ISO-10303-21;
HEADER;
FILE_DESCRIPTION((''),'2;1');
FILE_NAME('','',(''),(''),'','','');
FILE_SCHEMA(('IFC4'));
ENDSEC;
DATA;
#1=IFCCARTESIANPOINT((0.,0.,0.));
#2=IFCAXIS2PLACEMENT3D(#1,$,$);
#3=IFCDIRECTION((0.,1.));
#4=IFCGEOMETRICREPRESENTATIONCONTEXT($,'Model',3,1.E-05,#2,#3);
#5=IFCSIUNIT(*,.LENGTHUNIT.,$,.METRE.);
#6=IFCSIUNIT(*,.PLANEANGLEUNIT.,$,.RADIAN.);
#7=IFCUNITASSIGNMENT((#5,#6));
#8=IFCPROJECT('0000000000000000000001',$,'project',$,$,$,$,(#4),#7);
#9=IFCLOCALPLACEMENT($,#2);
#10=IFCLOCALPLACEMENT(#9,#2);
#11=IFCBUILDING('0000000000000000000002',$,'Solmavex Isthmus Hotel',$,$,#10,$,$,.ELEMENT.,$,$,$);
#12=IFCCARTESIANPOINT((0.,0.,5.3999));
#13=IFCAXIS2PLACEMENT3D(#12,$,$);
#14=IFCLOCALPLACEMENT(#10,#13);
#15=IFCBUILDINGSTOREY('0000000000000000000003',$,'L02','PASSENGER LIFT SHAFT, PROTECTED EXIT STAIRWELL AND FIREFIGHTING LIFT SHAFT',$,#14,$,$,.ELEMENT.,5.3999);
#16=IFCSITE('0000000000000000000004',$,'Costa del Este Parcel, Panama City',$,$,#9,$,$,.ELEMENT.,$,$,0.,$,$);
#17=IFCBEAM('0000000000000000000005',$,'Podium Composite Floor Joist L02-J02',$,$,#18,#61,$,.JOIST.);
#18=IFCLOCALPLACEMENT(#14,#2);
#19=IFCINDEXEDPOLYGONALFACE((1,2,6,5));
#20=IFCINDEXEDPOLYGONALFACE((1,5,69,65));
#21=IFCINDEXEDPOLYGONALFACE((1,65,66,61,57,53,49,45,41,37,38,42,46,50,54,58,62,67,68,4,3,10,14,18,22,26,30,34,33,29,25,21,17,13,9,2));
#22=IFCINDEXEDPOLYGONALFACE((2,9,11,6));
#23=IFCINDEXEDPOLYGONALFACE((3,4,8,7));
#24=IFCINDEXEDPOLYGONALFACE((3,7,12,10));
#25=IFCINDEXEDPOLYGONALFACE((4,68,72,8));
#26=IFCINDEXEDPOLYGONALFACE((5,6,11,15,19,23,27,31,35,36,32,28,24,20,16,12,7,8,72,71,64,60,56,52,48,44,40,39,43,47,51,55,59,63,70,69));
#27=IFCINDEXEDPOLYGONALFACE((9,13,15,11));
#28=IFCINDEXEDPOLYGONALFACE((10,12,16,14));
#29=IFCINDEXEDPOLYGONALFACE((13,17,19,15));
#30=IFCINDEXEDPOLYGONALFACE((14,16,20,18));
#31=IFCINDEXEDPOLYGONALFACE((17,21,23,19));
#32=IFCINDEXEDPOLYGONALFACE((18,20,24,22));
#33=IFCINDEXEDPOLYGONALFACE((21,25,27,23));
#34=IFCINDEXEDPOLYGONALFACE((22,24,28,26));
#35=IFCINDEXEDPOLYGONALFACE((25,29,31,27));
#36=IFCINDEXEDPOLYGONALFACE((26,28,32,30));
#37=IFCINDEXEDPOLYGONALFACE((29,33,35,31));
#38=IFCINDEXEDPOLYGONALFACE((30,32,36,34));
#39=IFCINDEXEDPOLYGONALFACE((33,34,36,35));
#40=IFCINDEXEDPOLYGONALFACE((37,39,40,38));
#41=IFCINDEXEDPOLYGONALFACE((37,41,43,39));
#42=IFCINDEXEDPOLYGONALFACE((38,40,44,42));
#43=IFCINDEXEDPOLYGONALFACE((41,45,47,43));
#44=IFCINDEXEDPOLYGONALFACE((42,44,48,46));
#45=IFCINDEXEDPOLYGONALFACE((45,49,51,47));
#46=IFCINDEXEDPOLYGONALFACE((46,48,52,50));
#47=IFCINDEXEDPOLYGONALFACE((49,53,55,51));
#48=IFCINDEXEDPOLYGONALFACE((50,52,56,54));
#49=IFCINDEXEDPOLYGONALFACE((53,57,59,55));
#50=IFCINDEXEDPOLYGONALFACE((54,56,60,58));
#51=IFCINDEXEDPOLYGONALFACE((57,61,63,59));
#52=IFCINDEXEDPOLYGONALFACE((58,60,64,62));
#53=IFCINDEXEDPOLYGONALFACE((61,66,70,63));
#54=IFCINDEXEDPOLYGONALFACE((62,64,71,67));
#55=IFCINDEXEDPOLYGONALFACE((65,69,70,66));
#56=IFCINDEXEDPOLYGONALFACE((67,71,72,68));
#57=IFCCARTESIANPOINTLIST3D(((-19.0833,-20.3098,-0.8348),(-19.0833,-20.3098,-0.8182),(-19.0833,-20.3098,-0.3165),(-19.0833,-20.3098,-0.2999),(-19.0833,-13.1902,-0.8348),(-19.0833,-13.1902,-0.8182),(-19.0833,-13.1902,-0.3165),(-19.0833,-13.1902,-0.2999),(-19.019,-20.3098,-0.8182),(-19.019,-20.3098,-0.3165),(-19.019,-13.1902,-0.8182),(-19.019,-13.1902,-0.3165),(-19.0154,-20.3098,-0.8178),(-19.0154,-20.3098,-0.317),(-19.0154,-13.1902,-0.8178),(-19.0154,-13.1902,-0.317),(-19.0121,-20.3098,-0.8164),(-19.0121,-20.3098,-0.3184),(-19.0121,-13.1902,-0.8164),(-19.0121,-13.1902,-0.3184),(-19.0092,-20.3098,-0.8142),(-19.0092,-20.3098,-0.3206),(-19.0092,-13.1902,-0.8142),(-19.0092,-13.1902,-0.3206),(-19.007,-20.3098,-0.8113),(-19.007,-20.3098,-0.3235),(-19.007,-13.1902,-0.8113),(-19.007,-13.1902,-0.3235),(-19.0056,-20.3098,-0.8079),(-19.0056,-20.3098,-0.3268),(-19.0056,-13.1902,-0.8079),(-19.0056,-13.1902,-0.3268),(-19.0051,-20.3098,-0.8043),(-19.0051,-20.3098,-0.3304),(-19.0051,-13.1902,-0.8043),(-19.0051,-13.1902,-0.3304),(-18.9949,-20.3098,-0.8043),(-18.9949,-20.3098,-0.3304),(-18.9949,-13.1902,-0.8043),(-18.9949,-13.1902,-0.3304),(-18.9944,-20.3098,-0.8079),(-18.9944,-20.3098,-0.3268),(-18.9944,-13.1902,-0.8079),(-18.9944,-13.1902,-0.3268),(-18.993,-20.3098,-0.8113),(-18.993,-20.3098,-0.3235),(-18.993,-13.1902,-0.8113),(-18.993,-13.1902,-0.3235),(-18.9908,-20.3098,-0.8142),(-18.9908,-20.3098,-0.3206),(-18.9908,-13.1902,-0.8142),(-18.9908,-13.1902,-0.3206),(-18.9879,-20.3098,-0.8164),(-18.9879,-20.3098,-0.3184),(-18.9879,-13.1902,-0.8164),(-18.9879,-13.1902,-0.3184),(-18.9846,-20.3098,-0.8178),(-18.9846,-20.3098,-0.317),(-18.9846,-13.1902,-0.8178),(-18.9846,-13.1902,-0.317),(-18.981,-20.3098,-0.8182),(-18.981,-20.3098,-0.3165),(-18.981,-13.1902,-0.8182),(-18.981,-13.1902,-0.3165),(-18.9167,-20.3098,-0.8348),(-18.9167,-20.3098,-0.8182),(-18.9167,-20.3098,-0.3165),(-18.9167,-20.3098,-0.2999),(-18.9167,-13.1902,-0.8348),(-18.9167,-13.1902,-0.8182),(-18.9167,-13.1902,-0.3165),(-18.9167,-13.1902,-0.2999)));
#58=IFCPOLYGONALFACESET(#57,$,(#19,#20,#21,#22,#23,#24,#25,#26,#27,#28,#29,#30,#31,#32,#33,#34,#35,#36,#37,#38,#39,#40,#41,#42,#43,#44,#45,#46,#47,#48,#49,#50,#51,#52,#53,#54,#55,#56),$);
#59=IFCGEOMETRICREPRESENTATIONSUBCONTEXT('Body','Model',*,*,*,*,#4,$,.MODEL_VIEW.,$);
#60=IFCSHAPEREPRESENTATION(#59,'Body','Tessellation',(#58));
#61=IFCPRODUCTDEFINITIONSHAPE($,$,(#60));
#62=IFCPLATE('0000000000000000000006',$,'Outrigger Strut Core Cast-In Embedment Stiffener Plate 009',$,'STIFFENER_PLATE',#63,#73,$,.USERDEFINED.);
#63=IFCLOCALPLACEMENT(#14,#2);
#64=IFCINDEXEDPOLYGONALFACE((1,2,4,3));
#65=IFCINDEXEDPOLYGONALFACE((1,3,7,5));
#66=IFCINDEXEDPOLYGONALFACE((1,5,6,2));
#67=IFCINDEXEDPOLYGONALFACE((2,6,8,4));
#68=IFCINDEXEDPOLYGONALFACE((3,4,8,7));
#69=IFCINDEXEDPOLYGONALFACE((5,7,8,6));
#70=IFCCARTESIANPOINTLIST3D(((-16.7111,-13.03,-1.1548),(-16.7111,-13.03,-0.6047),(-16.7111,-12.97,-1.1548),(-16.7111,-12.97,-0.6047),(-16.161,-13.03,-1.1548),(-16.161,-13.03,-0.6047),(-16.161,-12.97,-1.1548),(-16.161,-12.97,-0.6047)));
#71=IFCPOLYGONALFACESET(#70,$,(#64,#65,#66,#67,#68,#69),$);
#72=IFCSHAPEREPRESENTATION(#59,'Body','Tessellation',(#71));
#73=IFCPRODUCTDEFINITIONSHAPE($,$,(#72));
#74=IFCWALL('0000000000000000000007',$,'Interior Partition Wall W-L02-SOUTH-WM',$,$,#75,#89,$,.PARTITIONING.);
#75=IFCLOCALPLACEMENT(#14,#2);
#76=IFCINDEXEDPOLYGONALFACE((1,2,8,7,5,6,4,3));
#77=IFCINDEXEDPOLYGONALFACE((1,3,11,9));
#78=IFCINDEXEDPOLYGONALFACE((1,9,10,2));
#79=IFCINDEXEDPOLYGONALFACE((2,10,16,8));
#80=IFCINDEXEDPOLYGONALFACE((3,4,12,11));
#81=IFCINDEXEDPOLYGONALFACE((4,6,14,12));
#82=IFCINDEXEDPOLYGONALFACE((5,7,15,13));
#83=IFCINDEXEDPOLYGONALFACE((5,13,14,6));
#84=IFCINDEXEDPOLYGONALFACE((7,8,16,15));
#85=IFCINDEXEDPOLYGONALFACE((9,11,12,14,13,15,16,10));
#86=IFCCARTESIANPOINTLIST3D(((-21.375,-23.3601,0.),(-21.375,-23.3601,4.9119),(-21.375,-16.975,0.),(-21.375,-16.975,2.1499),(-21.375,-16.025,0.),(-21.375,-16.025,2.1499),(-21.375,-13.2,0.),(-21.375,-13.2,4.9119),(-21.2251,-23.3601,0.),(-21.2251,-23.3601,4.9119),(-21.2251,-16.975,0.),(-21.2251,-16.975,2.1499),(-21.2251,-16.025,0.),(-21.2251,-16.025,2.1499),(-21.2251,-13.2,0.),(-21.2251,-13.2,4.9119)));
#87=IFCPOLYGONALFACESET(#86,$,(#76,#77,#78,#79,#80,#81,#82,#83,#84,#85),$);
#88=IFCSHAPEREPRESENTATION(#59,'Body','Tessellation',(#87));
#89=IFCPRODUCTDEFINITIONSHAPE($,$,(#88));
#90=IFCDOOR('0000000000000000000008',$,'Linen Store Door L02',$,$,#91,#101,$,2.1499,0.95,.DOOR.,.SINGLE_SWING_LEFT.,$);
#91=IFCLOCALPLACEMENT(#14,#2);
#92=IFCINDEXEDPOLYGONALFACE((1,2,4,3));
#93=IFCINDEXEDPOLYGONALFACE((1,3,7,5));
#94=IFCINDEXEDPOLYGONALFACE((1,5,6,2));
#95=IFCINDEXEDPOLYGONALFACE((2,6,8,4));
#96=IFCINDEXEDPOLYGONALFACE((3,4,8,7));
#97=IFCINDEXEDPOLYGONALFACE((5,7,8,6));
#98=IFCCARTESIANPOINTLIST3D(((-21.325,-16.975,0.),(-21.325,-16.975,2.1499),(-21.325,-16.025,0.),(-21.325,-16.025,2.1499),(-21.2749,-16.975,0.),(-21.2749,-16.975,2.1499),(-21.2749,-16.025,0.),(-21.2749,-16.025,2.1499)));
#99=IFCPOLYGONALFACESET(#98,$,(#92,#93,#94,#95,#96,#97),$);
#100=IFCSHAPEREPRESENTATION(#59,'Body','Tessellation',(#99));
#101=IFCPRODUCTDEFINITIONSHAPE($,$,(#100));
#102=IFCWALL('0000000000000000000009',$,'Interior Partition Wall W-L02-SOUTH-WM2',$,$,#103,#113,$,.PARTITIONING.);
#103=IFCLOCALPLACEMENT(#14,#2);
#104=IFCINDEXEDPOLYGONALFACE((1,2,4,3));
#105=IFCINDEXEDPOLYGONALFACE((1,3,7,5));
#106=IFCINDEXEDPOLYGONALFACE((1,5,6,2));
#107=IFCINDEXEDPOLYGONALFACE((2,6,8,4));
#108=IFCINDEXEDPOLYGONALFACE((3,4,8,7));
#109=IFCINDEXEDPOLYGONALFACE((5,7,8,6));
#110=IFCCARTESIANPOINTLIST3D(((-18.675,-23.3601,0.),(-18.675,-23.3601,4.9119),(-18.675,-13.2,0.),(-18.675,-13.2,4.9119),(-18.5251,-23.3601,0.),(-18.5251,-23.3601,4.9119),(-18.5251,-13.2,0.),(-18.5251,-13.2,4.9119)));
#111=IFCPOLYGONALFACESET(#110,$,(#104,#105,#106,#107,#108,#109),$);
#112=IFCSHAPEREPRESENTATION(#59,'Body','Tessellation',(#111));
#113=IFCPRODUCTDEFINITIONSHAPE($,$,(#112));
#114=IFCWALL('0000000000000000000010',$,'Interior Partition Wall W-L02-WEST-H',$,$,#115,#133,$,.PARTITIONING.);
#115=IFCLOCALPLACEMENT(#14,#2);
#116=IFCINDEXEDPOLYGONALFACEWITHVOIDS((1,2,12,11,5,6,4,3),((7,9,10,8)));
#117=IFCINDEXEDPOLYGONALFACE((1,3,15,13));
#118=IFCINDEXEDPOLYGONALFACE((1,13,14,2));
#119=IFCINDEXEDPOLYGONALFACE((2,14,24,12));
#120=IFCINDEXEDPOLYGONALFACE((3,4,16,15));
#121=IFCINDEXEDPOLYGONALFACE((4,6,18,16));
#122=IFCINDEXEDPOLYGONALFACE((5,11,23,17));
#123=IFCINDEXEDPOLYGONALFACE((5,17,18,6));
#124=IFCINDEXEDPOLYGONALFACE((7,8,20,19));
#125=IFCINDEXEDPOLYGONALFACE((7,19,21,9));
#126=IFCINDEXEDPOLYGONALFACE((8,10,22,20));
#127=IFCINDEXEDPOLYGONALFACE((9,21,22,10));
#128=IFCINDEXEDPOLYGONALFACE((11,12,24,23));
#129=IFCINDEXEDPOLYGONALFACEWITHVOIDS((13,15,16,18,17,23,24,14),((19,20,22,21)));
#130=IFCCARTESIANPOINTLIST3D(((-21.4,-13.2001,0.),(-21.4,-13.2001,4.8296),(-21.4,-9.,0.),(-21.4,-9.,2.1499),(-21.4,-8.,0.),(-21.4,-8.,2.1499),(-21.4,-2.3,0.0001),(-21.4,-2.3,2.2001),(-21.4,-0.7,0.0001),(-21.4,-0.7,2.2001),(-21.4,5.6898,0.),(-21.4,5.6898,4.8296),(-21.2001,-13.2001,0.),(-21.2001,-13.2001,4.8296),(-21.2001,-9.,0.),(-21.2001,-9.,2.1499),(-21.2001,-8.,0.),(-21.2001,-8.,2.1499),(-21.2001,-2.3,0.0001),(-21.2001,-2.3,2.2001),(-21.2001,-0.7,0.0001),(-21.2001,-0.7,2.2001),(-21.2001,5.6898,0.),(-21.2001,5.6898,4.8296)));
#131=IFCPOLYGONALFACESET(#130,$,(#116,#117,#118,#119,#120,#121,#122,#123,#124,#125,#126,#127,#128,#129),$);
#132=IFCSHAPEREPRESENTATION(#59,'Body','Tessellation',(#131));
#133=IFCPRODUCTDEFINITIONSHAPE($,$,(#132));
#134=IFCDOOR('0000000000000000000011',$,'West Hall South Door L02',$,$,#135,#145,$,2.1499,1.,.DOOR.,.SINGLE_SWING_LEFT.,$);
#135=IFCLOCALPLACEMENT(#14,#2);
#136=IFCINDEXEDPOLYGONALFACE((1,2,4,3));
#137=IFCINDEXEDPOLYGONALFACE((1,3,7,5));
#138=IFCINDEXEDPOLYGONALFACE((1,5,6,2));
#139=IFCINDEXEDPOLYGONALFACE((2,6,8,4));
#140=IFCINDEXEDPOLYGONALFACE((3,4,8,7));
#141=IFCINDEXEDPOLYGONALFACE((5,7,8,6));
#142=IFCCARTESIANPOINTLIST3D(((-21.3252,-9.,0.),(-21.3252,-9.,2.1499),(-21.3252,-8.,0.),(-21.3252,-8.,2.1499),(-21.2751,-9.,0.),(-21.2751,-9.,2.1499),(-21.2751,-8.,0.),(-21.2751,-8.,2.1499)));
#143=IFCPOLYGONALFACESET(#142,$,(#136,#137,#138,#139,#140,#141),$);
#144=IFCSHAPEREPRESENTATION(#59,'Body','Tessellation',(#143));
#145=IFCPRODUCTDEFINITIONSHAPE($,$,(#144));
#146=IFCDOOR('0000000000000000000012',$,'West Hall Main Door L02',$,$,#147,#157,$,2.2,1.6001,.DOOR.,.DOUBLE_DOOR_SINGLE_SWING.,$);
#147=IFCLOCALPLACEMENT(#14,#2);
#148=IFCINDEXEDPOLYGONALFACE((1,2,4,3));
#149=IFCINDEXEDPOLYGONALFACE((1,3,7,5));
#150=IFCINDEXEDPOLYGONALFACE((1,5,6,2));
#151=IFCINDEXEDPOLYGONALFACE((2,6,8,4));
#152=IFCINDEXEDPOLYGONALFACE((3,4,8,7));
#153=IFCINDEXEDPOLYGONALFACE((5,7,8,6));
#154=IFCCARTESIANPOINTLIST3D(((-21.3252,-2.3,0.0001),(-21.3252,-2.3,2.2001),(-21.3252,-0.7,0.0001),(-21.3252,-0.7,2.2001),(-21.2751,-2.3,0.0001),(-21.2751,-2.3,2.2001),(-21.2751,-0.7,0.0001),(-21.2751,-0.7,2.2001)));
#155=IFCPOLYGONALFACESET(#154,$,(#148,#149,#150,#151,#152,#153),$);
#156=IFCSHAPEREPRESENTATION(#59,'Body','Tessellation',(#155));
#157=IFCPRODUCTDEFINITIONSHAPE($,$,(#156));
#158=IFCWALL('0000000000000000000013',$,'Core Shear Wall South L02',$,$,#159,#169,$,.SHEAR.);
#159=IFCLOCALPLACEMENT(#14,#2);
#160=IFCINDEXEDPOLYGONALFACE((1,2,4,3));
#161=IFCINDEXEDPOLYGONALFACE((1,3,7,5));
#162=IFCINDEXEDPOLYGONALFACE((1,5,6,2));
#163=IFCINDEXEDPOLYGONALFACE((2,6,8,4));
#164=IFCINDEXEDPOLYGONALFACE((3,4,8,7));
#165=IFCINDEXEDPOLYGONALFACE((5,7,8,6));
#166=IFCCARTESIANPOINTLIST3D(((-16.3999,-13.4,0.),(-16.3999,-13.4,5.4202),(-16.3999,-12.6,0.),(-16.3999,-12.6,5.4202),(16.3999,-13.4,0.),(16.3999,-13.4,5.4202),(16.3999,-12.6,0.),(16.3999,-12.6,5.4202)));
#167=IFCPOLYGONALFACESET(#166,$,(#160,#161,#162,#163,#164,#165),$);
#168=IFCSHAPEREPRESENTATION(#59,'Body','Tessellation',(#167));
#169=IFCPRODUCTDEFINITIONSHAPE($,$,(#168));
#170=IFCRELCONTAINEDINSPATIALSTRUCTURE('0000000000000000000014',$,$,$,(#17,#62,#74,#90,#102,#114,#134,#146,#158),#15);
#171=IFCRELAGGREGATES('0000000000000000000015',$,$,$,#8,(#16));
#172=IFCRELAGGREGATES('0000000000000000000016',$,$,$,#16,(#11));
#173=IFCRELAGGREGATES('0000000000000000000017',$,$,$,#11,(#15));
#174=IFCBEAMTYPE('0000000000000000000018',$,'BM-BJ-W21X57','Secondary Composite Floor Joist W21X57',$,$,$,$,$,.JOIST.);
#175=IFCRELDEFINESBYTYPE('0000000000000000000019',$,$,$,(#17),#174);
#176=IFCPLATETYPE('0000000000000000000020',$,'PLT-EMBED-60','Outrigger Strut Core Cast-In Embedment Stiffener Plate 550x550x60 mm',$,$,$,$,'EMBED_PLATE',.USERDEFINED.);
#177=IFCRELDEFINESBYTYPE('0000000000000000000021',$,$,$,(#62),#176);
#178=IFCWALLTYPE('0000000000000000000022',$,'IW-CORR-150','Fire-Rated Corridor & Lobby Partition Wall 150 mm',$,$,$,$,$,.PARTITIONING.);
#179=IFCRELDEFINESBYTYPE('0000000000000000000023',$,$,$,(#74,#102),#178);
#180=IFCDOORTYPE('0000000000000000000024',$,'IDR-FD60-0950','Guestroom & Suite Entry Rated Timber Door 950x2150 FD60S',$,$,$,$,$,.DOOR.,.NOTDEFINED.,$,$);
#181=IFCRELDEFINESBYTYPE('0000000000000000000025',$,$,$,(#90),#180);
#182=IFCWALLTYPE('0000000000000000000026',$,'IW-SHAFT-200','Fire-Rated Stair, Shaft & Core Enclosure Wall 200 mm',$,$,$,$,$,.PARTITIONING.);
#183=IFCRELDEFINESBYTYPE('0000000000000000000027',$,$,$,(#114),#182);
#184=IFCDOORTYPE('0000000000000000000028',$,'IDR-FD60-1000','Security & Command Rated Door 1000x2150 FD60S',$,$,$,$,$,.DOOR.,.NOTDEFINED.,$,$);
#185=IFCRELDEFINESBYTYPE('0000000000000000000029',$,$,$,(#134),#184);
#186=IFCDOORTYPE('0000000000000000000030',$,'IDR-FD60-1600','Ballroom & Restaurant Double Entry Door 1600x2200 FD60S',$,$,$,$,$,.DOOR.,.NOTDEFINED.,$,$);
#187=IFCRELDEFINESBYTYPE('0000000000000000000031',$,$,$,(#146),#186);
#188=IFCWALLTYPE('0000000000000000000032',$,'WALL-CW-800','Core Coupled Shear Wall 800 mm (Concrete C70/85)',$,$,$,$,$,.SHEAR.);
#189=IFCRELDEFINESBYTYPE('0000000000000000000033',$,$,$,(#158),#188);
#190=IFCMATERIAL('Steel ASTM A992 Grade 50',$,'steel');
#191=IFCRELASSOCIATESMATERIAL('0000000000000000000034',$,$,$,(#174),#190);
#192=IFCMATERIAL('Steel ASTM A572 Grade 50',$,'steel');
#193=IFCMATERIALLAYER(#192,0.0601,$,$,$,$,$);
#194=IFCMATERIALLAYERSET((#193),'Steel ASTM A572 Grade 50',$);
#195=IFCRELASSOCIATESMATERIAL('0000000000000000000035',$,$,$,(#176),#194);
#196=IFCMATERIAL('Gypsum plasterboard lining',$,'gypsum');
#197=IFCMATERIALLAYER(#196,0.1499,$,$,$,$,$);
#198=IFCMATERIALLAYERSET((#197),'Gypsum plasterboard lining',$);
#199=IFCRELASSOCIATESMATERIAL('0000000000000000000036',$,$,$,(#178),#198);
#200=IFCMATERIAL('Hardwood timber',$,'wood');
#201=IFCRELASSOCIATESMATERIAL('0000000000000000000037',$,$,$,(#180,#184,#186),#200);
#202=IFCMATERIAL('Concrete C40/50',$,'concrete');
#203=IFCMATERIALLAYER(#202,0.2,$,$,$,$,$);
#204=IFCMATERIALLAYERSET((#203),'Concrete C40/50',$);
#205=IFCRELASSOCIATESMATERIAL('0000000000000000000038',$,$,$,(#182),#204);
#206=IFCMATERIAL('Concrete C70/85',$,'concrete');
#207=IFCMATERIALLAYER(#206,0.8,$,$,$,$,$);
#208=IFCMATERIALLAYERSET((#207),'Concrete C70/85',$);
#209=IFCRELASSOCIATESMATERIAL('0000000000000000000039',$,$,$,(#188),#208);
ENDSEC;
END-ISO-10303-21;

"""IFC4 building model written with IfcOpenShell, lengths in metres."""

from ifc_helpers import new_model, si_unit, direction, frame, frame_2d, origin, origin_2d, place, context, subcontext, project, spatial, rectangle, i_section, extrude, material, layer, layer_set, material_profile, profile_set, type_object, element, fill, save


model = new_model("IFC4")

# Units and contexts
model_context = context("Model", 3, precision=1e-05, world=origin(), true_north=direction((0.0, 1.0)))
body_context = subcontext(model_context, "Body", "Model", "MODEL_VIEW")
ifc_project = project(units=[si_unit("LENGTHUNIT", "METRE"), si_unit("PLANEANGLEUNIT", "RADIAN")], contexts=[model_context])

# Site, building, storey
site_placement = place(None, origin())
site = spatial("IfcSite", under=ifc_project, at=site_placement, Name="Costa del Este Parcel, Panama City", CompositionType="ELEMENT", RefElevation=0.0)
building_placement = place(site_placement, origin())
building = spatial("IfcBuilding", under=site, at=building_placement, Name="Solmavex Isthmus Hotel", CompositionType="ELEMENT")
storey_placement = place(building_placement, frame((0.0, 0.0, 5.3999)))
storey = spatial("IfcBuildingStorey", under=building, at=storey_placement, Name="L02", Description="PASSENGER LIFT SHAFT, PROTECTED EXIT STAIRWELL AND FIREFIGHTING LIFT SHAFT", CompositionType="ELEMENT", Elevation=5.3999)

# Shared definitions
ifc_material_1 = material(Name="Concrete C70/85", Category="concrete")

# Beam
ifc_material_2 = material(Name="Steel ASTM A992 Grade 50", Category="steel")
ifc_material_profile_1 = material_profile(ifc_material_2, i_section(OverallWidth=0.1665, OverallDepth=0.5349, WebThickness=0.0103, FlangeThickness=0.0166, FilletRadius=0.0139, at=origin_2d()), Name="W21X57")
ifc_profile_set_1 = profile_set([ifc_material_profile_1], Name="Steel ASTM A992 Grade 50")
beam_type_1 = type_object("IfcBeamType", Name="BM-BJ-W21X57", Description="Secondary Composite Floor Joist W21X57", PredefinedType="JOIST", material=ifc_profile_set_1)
beam_1_placement = place(storey_placement, frame((-19.0, -20.3098, -0.5674), z_axis=(0.0, 1.0, 0.0), x_axis=(-1.0, 0.0, 0.0)))
element("IfcBeam", 1, at=beam_1_placement, inside=storey, type_object=beam_type_1, Name="Podium Composite Floor Joist L02-J02", PredefinedType="JOIST", context=body_context, shape_type="SweptSolid", body=[
    extrude(i_section(OverallWidth=0.1665, OverallDepth=0.5349, WebThickness=0.0103, FlangeThickness=0.0166, FilletRadius=0.0139, at=origin_2d()), origin(), (0.0, 0.0, 1.0), 7.1196),
])

# Plate
ifc_material_3 = material(Name="Steel ASTM A572 Grade 50", Category="steel")
ifc_layer_1 = layer(ifc_material_3, 0.0601)
ifc_layer_set_1 = layer_set([ifc_layer_1], Name="Steel ASTM A572 Grade 50")
plate_type = type_object("IfcPlateType", Name="PLT-EMBED-60", Description="Outrigger Strut Core Cast-In Embedment Stiffener Plate 550x550x60 mm", ElementType="EMBED_PLATE", PredefinedType="USERDEFINED", material=ifc_layer_set_1)
plate_placement = place(storey_placement, frame((-16.436, -13.0, -1.1548), z_axis=(0.0, 0.0, 1.0), x_axis=(1.0, 0.0, 0.0)))
element("IfcPlate", 2, at=plate_placement, inside=storey, type_object=plate_type, Name="Outrigger Strut Core Cast-In Embedment Stiffener Plate 009", ObjectType="STIFFENER_PLATE", PredefinedType="USERDEFINED", context=body_context, shape_type="SweptSolid", body=[
    extrude(rectangle(XDim=0.55, YDim=0.0601, at=origin_2d()), origin(), (0.0, 0.0, 1.0), 0.55),
])

# Wall, opening, door
ifc_material_4 = material(Name="Gypsum plasterboard lining", Category="gypsum")
ifc_layer_2 = layer(ifc_material_4, 0.1499)
ifc_layer_set_2 = layer_set([ifc_layer_2], Name="Gypsum plasterboard lining")
wall_type_1 = type_object("IfcWallType", Name="IW-CORR-150", Description="Fire-Rated Corridor & Lobby Partition Wall 150 mm", PredefinedType="PARTITIONING", material=ifc_layer_set_2)
wall_1_placement = place(storey_placement, frame((-21.3, -23.3601, 0.0), z_axis=(0.0, 0.0, 1.0), x_axis=(0.0, 1.0, 0.0)))
wall_1 = element("IfcWall", 3, at=wall_1_placement, inside=storey, type_object=wall_type_1, Name="Interior Partition Wall W-L02-SOUTH-WM", PredefinedType="PARTITIONING", context=body_context, shape_type="SweptSolid", body=[
    extrude(rectangle(XDim=10.1602, YDim=0.1499, at=frame_2d((5.0801, 0.0))), origin(), (0.0, 0.0, 1.0), 4.9119),
])
opening_1_placement = place(wall_1_placement, frame((6.385, 0.0, 0.0)))
opening_1 = element("IfcOpeningElement", 4, at=opening_1_placement, cuts=wall_1, PredefinedType="OPENING", context=body_context, shape_type="SweptSolid", body=[
    extrude(rectangle(XDim=0.95, YDim=2.1499, at=frame_2d((0.4751, 1.075))), frame((0.0, 0.085, 0.0), z_axis=(0.0, -1.0, 0.0), x_axis=(1.0, 0.0, 0.0)), (0.0, 0.0, 1.0), 0.1699),
])
ifc_material_5 = material(Name="Hardwood timber", Category="wood")
door_type_1 = type_object("IfcDoorType", Name="IDR-FD60-0950", Description="Guestroom & Suite Entry Rated Timber Door 950x2150 FD60S", OperationType="NOTDEFINED", PredefinedType="DOOR", material=ifc_material_5)
door_1_placement = place(opening_1_placement, origin())
door_1 = element("IfcDoor", 5, at=door_1_placement, inside=storey, type_object=door_type_1, Name="Linen Store Door L02", OperationType="SINGLE_SWING_LEFT", OverallHeight=2.1499, OverallWidth=0.95, PredefinedType="DOOR", context=body_context, shape_type="SweptSolid", body=[
    extrude(rectangle(XDim=0.95, YDim=2.1499, at=frame_2d((0.4751, 1.075))), frame((0.0, 0.0249, 0.0), z_axis=(0.0, -1.0, 0.0), x_axis=(1.0, 0.0, 0.0)), (0.0, 0.0, 1.0), 0.05),
])
fill(opening_1, door_1)

# Wall
wall_2_placement = place(storey_placement, frame((-18.6001, -23.3601, 0.0), z_axis=(0.0, 0.0, 1.0), x_axis=(0.0, 1.0, 0.0)))
element("IfcWall", 6, at=wall_2_placement, inside=storey, type_object=wall_type_1, Name="Interior Partition Wall W-L02-SOUTH-WM2", PredefinedType="PARTITIONING", context=body_context, shape_type="SweptSolid", body=[
    extrude(rectangle(XDim=10.1602, YDim=0.1499, at=frame_2d((5.0801, 0.0))), origin(), (0.0, 0.0, 1.0), 4.9119),
])

# Wall, openings, doors
ifc_material_6 = material(Name="Concrete C40/50", Category="concrete")
ifc_layer_3 = layer(ifc_material_6, 0.2)
ifc_layer_set_3 = layer_set([ifc_layer_3], Name="Concrete C40/50")
wall_type_2 = type_object("IfcWallType", Name="IW-SHAFT-200", Description="Fire-Rated Stair, Shaft & Core Enclosure Wall 200 mm", PredefinedType="PARTITIONING", material=ifc_layer_set_3)
wall_3_placement = place(storey_placement, frame((-21.3, -13.2, 0.0), z_axis=(0.0, 0.0, 1.0), x_axis=(0.0, 1.0, 0.0)))
wall_3 = element("IfcWall", 7, at=wall_3_placement, inside=storey, type_object=wall_type_2, Name="Interior Partition Wall W-L02-WEST-H", PredefinedType="PARTITIONING", context=body_context, shape_type="SweptSolid", body=[
    extrude(rectangle(XDim=18.8899, YDim=0.2, at=frame_2d((9.4448, 0.0))), origin(), (0.0, 0.0, 1.0), 4.8296),
])
opening_2_placement = place(wall_3_placement, frame((10.8999, 0.0, 0.0)))
opening_2 = element("IfcOpeningElement", 8, at=opening_2_placement, cuts=wall_3, PredefinedType="OPENING", context=body_context, shape_type="SweptSolid", body=[
    extrude(rectangle(XDim=1.6001, YDim=2.2, at=frame_2d((0.8, 1.1001))), frame((0.0, 0.1099, 0.0), z_axis=(0.0, -1.0, 0.0), x_axis=(1.0, 0.0, 0.0)), (0.0, 0.0, 1.0), 0.22),
])
opening_3_placement = place(wall_3_placement, frame((4.2, 0.0, 0.0)))
opening_3 = element("IfcOpeningElement", 9, at=opening_3_placement, cuts=wall_3, PredefinedType="OPENING", context=body_context, shape_type="SweptSolid", body=[
    extrude(rectangle(XDim=1.0, YDim=2.1499, at=frame_2d((0.5, 1.075))), frame((0.0, 0.1099, 0.0), z_axis=(0.0, -1.0, 0.0), x_axis=(1.0, 0.0, 0.0)), (0.0, 0.0, 1.0), 0.22),
])
door_type_2 = type_object("IfcDoorType", Name="IDR-FD60-1000", Description="Security & Command Rated Door 1000x2150 FD60S", OperationType="NOTDEFINED", PredefinedType="DOOR", material=ifc_material_5)
door_2_placement = place(opening_3_placement, frame((1.0, 0.0, 0.0), z_axis=(0.0, 0.0, 1.0), x_axis=(-1.0, 0.0, 0.0)))
door_2 = element("IfcDoor", 10, at=door_2_placement, inside=storey, type_object=door_type_2, Name="West Hall South Door L02", OperationType="SINGLE_SWING_LEFT", OverallHeight=2.1499, OverallWidth=1.0, PredefinedType="DOOR", context=body_context, shape_type="SweptSolid", body=[
    extrude(rectangle(XDim=1.0, YDim=2.1499, at=frame_2d((0.5, 1.075))), frame((0.0, 0.0249, 0.0), z_axis=(0.0, -1.0, 0.0), x_axis=(1.0, 0.0, 0.0)), (0.0, 0.0, 1.0), 0.05),
])
fill(opening_3, door_2)
door_type_3 = type_object("IfcDoorType", Name="IDR-FD60-1600", Description="Ballroom & Restaurant Double Entry Door 1600x2200 FD60S", OperationType="NOTDEFINED", PredefinedType="DOOR", material=ifc_material_5)
door_3_placement = place(opening_2_placement, frame((1.6001, 0.0, 0.0), z_axis=(0.0, 0.0, 1.0), x_axis=(-1.0, 0.0, 0.0)))
door_3 = element("IfcDoor", 11, at=door_3_placement, inside=storey, type_object=door_type_3, Name="West Hall Main Door L02", OperationType="DOUBLE_DOOR_SINGLE_SWING", OverallHeight=2.2, OverallWidth=1.6001, PredefinedType="DOOR", context=body_context, shape_type="SweptSolid", body=[
    extrude(rectangle(XDim=1.6001, YDim=2.2, at=frame_2d((0.8, 1.1001))), frame((0.0, 0.0249, 0.0), z_axis=(0.0, -1.0, 0.0), x_axis=(1.0, 0.0, 0.0)), (0.0, 0.0, 1.0), 0.05),
])
fill(opening_2, door_3)

# Wall
ifc_layer_4 = layer(ifc_material_1, 0.8)
ifc_layer_set_4 = layer_set([ifc_layer_4], Name="Concrete C70/85")
wall_type_3 = type_object("IfcWallType", Name="WALL-CW-800", Description="Core Coupled Shear Wall 800 mm (Concrete C70/85)", PredefinedType="SHEAR", material=ifc_layer_set_4)
wall_4_placement = place(storey_placement, frame((-16.3999, -13.0, 0.0), z_axis=(0.0, 0.0, 1.0), x_axis=(1.0, 0.0, 0.0)))
element("IfcWall", 12, at=wall_4_placement, inside=storey, type_object=wall_type_3, Name="Core Shear Wall South L02", PredefinedType="SHEAR", context=body_context, shape_type="SweptSolid", body=[
    extrude(rectangle(XDim=32.7998, YDim=0.8, at=frame_2d((16.3999, 0.0))), origin(), (0.0, 0.0, 1.0), 5.4202),
])

save(model, "model.ifc")
